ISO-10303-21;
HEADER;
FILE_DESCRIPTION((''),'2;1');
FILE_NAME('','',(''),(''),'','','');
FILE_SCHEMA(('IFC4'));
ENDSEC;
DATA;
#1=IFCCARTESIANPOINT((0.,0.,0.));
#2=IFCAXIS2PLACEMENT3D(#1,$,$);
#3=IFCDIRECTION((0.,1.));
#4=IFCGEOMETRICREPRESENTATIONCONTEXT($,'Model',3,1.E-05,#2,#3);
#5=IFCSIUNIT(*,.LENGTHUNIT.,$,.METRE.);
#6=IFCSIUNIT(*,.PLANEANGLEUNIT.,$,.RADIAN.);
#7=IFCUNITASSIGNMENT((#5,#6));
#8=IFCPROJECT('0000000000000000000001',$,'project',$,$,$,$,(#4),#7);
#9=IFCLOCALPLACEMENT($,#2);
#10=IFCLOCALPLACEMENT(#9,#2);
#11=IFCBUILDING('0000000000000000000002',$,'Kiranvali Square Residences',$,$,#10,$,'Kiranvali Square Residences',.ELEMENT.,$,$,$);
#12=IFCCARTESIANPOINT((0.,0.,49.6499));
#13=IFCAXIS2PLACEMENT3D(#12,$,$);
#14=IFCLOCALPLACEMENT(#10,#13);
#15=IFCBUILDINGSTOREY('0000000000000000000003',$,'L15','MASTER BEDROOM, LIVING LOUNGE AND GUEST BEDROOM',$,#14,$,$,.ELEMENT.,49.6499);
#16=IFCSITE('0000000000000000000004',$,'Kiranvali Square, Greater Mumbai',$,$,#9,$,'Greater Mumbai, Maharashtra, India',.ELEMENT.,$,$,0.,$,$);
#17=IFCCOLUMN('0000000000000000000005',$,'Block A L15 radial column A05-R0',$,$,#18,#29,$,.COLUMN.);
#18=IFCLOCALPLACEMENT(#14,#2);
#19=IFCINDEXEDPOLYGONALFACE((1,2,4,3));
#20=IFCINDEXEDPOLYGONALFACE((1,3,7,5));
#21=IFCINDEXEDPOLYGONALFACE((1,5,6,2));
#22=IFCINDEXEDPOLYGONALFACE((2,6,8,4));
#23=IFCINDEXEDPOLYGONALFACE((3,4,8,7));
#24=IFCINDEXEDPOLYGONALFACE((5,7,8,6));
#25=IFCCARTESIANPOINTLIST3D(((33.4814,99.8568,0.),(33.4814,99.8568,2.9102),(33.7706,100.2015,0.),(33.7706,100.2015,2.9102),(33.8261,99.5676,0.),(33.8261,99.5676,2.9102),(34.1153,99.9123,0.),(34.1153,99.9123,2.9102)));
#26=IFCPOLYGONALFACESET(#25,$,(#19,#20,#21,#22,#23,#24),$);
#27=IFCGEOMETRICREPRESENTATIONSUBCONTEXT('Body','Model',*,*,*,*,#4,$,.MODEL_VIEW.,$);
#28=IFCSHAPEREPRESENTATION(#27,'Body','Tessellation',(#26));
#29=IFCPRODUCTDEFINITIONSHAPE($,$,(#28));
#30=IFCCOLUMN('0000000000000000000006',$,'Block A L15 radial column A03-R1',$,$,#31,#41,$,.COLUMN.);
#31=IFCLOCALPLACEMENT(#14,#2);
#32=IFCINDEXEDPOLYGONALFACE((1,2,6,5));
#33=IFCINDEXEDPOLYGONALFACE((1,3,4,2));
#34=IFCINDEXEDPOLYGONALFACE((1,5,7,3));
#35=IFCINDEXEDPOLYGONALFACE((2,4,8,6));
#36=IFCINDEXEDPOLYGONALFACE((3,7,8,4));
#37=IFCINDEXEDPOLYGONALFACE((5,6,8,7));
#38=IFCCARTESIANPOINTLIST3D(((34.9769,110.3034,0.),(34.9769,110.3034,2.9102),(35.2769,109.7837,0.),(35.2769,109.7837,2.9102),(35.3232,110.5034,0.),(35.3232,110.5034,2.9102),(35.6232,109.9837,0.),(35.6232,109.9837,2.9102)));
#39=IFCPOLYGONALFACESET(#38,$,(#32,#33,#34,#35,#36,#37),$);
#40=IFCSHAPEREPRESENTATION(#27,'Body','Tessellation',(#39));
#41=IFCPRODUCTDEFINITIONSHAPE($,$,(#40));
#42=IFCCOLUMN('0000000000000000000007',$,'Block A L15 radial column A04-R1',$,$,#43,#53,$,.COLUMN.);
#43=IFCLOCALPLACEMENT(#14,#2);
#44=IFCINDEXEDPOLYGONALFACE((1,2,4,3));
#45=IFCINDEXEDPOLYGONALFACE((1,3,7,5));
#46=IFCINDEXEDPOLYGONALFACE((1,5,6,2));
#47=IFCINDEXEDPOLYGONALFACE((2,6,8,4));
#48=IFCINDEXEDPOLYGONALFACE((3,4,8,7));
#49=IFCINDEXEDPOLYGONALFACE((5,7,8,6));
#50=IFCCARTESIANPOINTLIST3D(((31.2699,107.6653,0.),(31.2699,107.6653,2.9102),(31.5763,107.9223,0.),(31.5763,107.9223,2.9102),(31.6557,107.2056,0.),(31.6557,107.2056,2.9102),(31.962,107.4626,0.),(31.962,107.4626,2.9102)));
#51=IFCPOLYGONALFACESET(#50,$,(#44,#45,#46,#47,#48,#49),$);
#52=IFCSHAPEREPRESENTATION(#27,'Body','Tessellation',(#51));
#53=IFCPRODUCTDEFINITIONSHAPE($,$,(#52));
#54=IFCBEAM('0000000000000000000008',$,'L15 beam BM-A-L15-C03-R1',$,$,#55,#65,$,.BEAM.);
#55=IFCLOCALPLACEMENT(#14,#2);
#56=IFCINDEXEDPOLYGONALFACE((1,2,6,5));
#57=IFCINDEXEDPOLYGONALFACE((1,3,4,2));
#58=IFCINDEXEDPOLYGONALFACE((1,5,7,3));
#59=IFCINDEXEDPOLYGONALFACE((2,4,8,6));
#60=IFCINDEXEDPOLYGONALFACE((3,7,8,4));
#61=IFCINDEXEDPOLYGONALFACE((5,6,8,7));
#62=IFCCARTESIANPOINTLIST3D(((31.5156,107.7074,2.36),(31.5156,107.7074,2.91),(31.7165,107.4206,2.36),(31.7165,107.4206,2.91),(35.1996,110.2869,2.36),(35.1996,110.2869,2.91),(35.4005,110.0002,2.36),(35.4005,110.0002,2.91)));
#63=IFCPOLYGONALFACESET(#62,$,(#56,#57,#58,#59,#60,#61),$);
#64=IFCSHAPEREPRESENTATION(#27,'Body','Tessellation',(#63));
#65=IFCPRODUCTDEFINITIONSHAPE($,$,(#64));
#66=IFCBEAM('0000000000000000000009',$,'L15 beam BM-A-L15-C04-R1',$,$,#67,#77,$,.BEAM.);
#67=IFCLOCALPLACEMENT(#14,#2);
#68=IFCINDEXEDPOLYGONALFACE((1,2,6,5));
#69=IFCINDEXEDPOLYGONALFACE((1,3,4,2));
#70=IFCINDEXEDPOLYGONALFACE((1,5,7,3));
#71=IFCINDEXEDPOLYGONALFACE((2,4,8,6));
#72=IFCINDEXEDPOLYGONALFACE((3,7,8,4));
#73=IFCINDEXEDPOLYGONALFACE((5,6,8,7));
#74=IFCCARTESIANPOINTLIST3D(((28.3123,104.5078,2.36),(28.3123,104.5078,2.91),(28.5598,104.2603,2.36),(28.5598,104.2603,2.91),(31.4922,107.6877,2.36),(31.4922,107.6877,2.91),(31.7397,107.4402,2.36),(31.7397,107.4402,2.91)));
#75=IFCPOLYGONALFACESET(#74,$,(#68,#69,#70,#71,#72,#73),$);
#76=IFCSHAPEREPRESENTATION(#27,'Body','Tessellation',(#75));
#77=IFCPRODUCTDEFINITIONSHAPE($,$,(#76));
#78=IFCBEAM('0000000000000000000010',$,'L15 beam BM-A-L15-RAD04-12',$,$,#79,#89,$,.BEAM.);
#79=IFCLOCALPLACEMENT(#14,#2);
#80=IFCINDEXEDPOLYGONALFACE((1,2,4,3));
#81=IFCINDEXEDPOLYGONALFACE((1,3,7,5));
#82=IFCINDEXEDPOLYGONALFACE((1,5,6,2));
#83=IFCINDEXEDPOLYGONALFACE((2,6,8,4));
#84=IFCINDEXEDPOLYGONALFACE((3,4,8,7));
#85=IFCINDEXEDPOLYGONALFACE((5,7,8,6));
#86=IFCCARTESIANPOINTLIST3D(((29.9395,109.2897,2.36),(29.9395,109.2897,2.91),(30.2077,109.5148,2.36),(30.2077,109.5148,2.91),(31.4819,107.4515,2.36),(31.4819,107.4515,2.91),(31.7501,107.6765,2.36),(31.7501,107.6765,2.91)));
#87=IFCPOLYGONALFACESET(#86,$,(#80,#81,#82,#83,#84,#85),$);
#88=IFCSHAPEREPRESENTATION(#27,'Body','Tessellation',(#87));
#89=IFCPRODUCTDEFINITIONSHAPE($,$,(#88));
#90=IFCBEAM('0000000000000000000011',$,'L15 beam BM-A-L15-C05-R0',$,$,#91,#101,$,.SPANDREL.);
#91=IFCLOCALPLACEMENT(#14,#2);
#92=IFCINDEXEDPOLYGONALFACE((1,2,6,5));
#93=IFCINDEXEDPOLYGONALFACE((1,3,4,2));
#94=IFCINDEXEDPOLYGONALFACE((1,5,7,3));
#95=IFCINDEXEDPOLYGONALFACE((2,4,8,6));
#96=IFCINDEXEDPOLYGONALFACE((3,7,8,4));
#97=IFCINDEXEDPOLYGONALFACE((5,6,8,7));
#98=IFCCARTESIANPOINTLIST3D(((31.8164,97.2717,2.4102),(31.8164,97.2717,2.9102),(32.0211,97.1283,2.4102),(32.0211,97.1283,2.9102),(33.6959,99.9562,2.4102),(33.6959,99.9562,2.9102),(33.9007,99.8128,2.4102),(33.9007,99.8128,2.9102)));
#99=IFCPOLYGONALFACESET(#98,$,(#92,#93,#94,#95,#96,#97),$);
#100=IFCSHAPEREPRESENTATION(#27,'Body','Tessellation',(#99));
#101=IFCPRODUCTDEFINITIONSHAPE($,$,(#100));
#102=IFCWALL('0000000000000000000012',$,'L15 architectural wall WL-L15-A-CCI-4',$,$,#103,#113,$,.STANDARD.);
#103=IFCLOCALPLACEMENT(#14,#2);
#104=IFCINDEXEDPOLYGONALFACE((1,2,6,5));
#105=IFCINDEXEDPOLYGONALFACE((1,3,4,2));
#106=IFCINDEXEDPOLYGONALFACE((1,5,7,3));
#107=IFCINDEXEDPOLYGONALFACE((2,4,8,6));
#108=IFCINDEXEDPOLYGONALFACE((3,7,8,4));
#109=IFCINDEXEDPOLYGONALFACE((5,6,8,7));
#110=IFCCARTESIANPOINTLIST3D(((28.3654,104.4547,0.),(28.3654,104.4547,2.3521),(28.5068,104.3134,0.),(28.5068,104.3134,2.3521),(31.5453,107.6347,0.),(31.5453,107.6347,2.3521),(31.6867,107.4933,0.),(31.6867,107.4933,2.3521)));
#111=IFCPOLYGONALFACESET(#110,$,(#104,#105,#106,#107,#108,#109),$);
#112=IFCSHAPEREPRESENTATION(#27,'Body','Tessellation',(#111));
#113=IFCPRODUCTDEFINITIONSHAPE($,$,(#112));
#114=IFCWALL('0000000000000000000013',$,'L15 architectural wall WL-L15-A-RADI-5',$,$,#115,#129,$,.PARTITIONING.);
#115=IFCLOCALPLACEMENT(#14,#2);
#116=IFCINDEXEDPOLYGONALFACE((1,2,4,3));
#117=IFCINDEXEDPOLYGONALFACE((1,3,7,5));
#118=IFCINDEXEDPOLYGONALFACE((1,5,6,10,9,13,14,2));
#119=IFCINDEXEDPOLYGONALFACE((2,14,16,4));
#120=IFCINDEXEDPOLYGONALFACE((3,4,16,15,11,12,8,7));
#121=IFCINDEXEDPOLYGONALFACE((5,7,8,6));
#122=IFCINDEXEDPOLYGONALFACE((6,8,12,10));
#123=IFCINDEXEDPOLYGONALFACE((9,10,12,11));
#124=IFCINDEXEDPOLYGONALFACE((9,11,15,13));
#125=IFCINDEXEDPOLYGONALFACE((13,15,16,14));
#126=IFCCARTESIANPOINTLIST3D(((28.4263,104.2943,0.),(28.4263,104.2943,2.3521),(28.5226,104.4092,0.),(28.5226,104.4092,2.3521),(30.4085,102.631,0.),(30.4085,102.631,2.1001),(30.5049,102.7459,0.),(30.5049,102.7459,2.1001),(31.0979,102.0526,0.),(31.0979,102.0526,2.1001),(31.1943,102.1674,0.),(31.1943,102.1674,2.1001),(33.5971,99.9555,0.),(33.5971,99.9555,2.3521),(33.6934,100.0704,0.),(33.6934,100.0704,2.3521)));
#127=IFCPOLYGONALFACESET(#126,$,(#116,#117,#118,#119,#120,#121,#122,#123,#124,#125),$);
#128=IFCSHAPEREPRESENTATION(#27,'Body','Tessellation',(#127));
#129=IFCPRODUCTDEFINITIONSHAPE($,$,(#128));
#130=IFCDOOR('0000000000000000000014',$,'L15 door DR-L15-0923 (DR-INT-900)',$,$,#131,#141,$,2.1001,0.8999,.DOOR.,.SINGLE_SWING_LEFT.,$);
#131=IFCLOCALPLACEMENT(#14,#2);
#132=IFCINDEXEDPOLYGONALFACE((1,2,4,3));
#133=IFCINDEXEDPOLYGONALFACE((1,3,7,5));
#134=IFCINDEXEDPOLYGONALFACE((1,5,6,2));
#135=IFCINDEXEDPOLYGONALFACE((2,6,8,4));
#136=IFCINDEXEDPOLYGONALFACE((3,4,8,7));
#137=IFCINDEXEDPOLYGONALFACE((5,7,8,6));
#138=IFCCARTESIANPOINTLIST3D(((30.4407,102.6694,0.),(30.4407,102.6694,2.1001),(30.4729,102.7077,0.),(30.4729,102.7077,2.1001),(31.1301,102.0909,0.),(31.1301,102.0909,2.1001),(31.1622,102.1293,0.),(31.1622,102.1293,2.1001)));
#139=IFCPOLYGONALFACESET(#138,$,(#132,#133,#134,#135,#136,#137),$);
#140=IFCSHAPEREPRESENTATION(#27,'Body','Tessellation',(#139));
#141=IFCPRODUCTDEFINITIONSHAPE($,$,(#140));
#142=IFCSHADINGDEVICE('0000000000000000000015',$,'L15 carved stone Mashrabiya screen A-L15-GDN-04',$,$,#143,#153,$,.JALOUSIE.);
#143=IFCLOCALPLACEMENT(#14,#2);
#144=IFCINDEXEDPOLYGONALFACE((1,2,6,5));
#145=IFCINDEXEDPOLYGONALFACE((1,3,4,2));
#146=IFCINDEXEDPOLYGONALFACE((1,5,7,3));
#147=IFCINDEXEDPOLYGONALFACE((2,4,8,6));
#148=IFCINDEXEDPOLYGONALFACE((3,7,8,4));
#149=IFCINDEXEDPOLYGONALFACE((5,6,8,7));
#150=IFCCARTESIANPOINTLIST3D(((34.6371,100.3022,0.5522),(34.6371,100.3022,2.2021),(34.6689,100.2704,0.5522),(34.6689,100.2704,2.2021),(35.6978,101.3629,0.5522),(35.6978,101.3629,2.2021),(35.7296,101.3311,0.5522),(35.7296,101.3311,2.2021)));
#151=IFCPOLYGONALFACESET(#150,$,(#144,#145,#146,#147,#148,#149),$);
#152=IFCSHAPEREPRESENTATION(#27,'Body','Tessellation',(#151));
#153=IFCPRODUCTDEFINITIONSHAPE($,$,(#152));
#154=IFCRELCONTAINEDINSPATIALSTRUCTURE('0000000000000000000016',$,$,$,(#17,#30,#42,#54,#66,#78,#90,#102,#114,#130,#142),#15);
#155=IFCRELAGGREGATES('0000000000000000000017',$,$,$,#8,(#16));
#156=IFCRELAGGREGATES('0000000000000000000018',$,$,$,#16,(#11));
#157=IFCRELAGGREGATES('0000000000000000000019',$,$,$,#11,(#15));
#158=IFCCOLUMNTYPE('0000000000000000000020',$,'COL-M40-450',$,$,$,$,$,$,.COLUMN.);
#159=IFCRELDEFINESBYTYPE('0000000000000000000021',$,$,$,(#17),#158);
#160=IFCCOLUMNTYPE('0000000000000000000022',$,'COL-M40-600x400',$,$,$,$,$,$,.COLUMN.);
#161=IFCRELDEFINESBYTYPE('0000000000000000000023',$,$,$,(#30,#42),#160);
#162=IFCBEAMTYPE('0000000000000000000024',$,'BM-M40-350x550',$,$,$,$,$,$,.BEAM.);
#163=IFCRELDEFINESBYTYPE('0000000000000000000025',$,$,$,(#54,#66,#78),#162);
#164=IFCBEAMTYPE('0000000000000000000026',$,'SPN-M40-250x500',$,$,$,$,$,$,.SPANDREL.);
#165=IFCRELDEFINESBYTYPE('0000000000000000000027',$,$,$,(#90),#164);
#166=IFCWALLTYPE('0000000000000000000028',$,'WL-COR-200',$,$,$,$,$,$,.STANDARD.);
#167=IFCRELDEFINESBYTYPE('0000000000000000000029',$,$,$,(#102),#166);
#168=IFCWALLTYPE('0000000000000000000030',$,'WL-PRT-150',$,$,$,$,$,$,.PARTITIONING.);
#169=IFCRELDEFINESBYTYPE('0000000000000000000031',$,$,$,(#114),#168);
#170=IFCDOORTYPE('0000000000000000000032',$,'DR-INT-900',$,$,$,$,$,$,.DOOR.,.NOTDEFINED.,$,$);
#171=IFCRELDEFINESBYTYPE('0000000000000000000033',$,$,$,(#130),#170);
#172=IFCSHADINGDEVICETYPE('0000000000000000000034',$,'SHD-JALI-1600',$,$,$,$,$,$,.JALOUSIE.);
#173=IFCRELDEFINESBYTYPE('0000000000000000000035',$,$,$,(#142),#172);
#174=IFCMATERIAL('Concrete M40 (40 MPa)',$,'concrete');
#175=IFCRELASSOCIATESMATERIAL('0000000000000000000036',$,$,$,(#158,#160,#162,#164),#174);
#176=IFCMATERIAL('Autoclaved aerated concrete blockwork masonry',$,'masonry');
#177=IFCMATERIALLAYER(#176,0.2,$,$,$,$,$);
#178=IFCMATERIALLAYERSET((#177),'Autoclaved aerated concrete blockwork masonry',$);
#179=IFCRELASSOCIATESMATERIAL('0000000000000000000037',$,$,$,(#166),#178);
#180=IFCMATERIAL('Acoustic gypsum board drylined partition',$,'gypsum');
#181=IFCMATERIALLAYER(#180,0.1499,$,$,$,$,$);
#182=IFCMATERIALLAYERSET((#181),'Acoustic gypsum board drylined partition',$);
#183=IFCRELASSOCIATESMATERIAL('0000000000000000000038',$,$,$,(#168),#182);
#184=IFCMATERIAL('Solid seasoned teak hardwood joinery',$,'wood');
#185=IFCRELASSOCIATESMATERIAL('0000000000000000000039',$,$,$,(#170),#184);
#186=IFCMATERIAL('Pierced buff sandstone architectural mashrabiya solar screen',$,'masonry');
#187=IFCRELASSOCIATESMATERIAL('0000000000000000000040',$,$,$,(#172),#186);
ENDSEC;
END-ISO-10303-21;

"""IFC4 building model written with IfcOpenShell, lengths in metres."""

from ifc_helpers import new_model, si_unit, direction, frame, frame_2d, origin, origin_2d, place, context, subcontext, project, spatial, rectangle, extrude, material, layer, layer_set, material_profile, profile_set, type_object, element, fill, save


model = new_model("IFC4")

# Units and contexts
model_context = context("Model", 3, precision=1e-05, world=origin(), true_north=direction((0.0, 1.0)))
body_context = subcontext(model_context, "Body", "Model", "MODEL_VIEW")
ifc_project = project(units=[si_unit("LENGTHUNIT", "METRE"), si_unit("PLANEANGLEUNIT", "RADIAN")], contexts=[model_context])

# Site, building, storey
site_placement = place(None, origin())
site = spatial("IfcSite", under=ifc_project, at=site_placement, Name="Kiranvali Square, Greater Mumbai", LongName="Greater Mumbai, Maharashtra, India", CompositionType="ELEMENT", RefElevation=0.0)
building_placement = place(site_placement, origin())
building = spatial("IfcBuilding", under=site, at=building_placement, Name="Kiranvali Square Residences", LongName="Kiranvali Square Residences", CompositionType="ELEMENT")
storey_placement = place(building_placement, frame((0.0, 0.0, 49.6499)))
storey = spatial("IfcBuildingStorey", under=building, at=storey_placement, Name="L15", Description="MASTER BEDROOM, LIVING LOUNGE AND GUEST BEDROOM", CompositionType="ELEMENT", Elevation=49.6499)

# Columns
ifc_material_1 = material(Name="Concrete M40 (40 MPa)", Category="concrete")
ifc_material_profile_1 = material_profile(ifc_material_1, rectangle(XDim=0.45, YDim=0.45, at=origin_2d()), Name="RC 450x450")
ifc_profile_set_1 = profile_set([ifc_material_profile_1], Name="Concrete M40 (40 MPa)")
column_type_1 = type_object("IfcColumnType", Name="COL-M40-450", PredefinedType="COLUMN", material=ifc_profile_set_1)
column_placement = place(storey_placement, frame((33.7983, 99.8845, 0.0), z_axis=(0.0, 0.0, 1.0), x_axis=(0.642788, 0.766044, 0.0)))
element("IfcColumn", 1, at=column_placement, inside=storey, type_object=column_type_1, Name="Block A L15 radial column A05-R0", PredefinedType="COLUMN", context=body_context, shape_type="SweptSolid", body=[
    extrude(rectangle(XDim=0.45, YDim=0.45, at=origin_2d()), origin(), (0.0, 0.0, 1.0), 2.9102),
])
ifc_material_profile_2 = material_profile(ifc_material_1, rectangle(XDim=0.3999, YDim=0.6001, at=origin_2d()), Name="RC 600x400")
ifc_profile_set_2 = profile_set([ifc_material_profile_2], Name="Concrete M40 (40 MPa)")
column_type_2 = type_object("IfcColumnType", Name="COL-M40-600x400", PredefinedType="COLUMN", material=ifc_profile_set_2)
for number, where, z_axis, x_axis, name in (
    (2, (35.3, 110.1436, 0.0), (0.0, 0.0, 1.0), (0.866025, 0.5, 0.0), "Block A L15 radial column A03-R1"),
    (3, (31.616, 107.564, 0.0), (0.0, 0.0, 1.0), (0.766044, 0.642788, 0.0), "Block A L15 radial column A04-R1"),
):
    element("IfcColumn", number, at=place(storey_placement, frame(where, z_axis=z_axis, x_axis=x_axis)), inside=storey, type_object=column_type_2, Name=name, PredefinedType="COLUMN", context=body_context, shape_type="SweptSolid", body=[
        extrude(rectangle(XDim=0.3999, YDim=0.6001, at=origin_2d()), origin(), (0.0, 0.0, 1.0), 2.9102),
    ])

# Beams
ifc_material_profile_3 = material_profile(ifc_material_1, rectangle(XDim=0.3501, YDim=0.55, at=origin_2d()), Name="RC 350x550")
ifc_profile_set_3 = profile_set([ifc_material_profile_3], Name="Concrete M40 (40 MPa)")
beam_type_1 = type_object("IfcBeamType", Name="BM-M40-350x550", PredefinedType="BEAM", material=ifc_profile_set_3)
beam_1_placement = place(storey_placement, frame((35.3, 110.1436, 2.635), z_axis=(-0.819155, -0.573572, 0.0), x_axis=(0.573572, -0.819155, 0.0)))
element("IfcBeam", 4, at=beam_1_placement, inside=storey, type_object=beam_type_1, Name="L15 beam BM-A-L15-C03-R1", PredefinedType="BEAM", context=body_context, shape_type="SweptSolid", body=[
    extrude(rectangle(XDim=0.3501, YDim=0.55, at=origin_2d()), origin(), (0.0, 0.0, 1.0), 4.4973),
])
beam_2_placement = place(storey_placement, frame((31.616, 107.564, 2.635), z_axis=(-0.707107, -0.707107, 0.0), x_axis=(0.707107, -0.707107, 0.0)))
element("IfcBeam", 5, at=beam_2_placement, inside=storey, type_object=beam_type_1, Name="L15 beam BM-A-L15-C04-R1", PredefinedType="BEAM", context=body_context, shape_type="SweptSolid", body=[
    extrude(rectangle(XDim=0.3501, YDim=0.55, at=origin_2d()), origin(), (0.0, 0.0, 1.0), 4.4971),
])
beam_3_placement = place(storey_placement, frame((31.616, 107.564, 2.635), z_axis=(-0.642763, 0.766065, 0.0), x_axis=(-0.766065, -0.642763, 0.0)))
element("IfcBeam", 6, at=beam_3_placement, inside=storey, type_object=beam_type_1, Name="L15 beam BM-A-L15-RAD04-12", PredefinedType="BEAM", context=body_context, shape_type="SweptSolid", body=[
    extrude(rectangle(XDim=0.3501, YDim=0.55, at=origin_2d()), origin(), (0.0, 0.0, 1.0), 2.3997),
])
ifc_material_profile_4 = material_profile(ifc_material_1, rectangle(XDim=0.25, YDim=0.5, at=origin_2d()), Name="RC 250x500")
ifc_profile_set_4 = profile_set([ifc_material_profile_4], Name="Concrete M40 (40 MPa)")
beam_type_2 = type_object("IfcBeamType", Name="SPN-M40-250x500", PredefinedType="SPANDREL", material=ifc_profile_set_4)
beam_4_placement = place(storey_placement, frame((33.7983, 99.8845, 2.6602), z_axis=(-0.573552, -0.819169, 0.0), x_axis=(0.819169, -0.573552, 0.0)))
element("IfcBeam", 7, at=beam_4_placement, inside=storey, type_object=beam_type_2, Name="L15 beam BM-A-L15-C05-R0", PredefinedType="SPANDREL", context=body_context, shape_type="SweptSolid", body=[
    extrude(rectangle(XDim=0.25, YDim=0.5, at=origin_2d()), origin(), (0.0, 0.0, 1.0), 3.2771),
])

# Wall
ifc_material_2 = material(Name="Autoclaved aerated concrete blockwork masonry", Category="masonry")
ifc_layer_1 = layer(ifc_material_2, 0.2)
ifc_layer_set_1 = layer_set([ifc_layer_1], Name="Autoclaved aerated concrete blockwork masonry")
wall_type_1 = type_object("IfcWallType", Name="WL-COR-200", PredefinedType="STANDARD", material=ifc_layer_set_1)
wall_1_placement = place(storey_placement, frame((31.616, 107.564, 0.0), z_axis=(0.0, 0.0, 1.0), x_axis=(-0.707107, -0.707107, 0.0)))
element("IfcWall", 8, at=wall_1_placement, inside=storey, type_object=wall_type_1, Name="L15 architectural wall WL-L15-A-CCI-4", PredefinedType="STANDARD", context=body_context, shape_type="SweptSolid", body=[
    extrude(rectangle(XDim=4.4971, YDim=0.2, at=frame_2d((2.2485, 0.0))), origin(), (0.0, 0.0, 1.0), 2.3521),
])

# Wall, opening, door
ifc_material_3 = material(Name="Acoustic gypsum board drylined partition", Category="gypsum")
ifc_layer_2 = layer(ifc_material_3, 0.1499)
ifc_layer_set_2 = layer_set([ifc_layer_2], Name="Acoustic gypsum board drylined partition")
wall_type_2 = type_object("IfcWallType", Name="WL-PRT-150", PredefinedType="PARTITIONING", material=ifc_layer_set_2)
wall_2_placement = place(storey_placement, frame((33.6453, 100.0129, 0.0), z_axis=(0.0, 0.0, 1.0), x_axis=(-0.766047, 0.642785, 0.0)))
wall_2 = element("IfcWall", 9, at=wall_2_placement, inside=storey, type_object=wall_type_2, Name="L15 architectural wall WL-L15-A-RADI-5", PredefinedType="PARTITIONING", context=body_context, shape_type="SweptSolid", body=[
    extrude(rectangle(XDim=6.75, YDim=0.1499, at=frame_2d((3.375, 0.0))), origin(), (0.0, 0.0, 1.0), 2.3521),
])
opening_1_placement = place(wall_2_placement, frame((3.2625, 0.0, 0.0)))
opening_1 = element("IfcOpeningElement", 10, at=opening_1_placement, cuts=wall_2, PredefinedType="OPENING", context=body_context, shape_type="SweptSolid", body=[
    extrude(rectangle(XDim=0.8999, YDim=2.1001, at=frame_2d((0.45, 1.05))), frame((0.0, 0.085, 0.0), z_axis=(0.0, -1.0, 0.0), x_axis=(1.0, 0.0, 0.0)), (0.0, 0.0, 1.0), 0.1699),
])
ifc_material_4 = material(Name="Solid seasoned teak hardwood joinery", Category="wood")
door_type_1 = type_object("IfcDoorType", Name="DR-INT-900", OperationType="NOTDEFINED", PredefinedType="DOOR", material=ifc_material_4)
door_1_placement = place(opening_1_placement, origin())
door_1 = element("IfcDoor", 11, at=door_1_placement, inside=storey, type_object=door_type_1, Name="L15 door DR-L15-0923 (DR-INT-900)", OperationType="SINGLE_SWING_LEFT", OverallHeight=2.1001, OverallWidth=0.8999, PredefinedType="DOOR", context=body_context, shape_type="SweptSolid", body=[
    extrude(rectangle(XDim=0.8999, YDim=2.1001, at=frame_2d((0.45, 1.05))), frame((0.0, 0.0249, 0.0), z_axis=(0.0, -1.0, 0.0), x_axis=(1.0, 0.0, 0.0)), (0.0, 0.0, 1.0), 0.05),
])
fill(opening_1, door_1)

# Shading device
ifc_material_5 = material(Name="Pierced buff sandstone architectural mashrabiya solar screen", Category="masonry")
shading_device_type = type_object("IfcShadingDeviceType", Name="SHD-JALI-1600", PredefinedType="JALOUSIE", material=ifc_material_5)
shading_device_placement = place(storey_placement, frame((35.1833, 100.8167, 0.5522), z_axis=(0.0, 0.0, 1.0), x_axis=(-0.707107, -0.707107, 0.0)))
element("IfcShadingDevice", 12, at=shading_device_placement, inside=storey, type_object=shading_device_type, Name="L15 carved stone Mashrabiya screen A-L15-GDN-04", PredefinedType="JALOUSIE", context=body_context, shape_type="SweptSolid", body=[
    extrude(rectangle(XDim=1.5, YDim=0.0449, at=origin_2d()), origin(), (0.0, 0.0, 1.0), 1.6499),
])

save(model, "model.ifc")
